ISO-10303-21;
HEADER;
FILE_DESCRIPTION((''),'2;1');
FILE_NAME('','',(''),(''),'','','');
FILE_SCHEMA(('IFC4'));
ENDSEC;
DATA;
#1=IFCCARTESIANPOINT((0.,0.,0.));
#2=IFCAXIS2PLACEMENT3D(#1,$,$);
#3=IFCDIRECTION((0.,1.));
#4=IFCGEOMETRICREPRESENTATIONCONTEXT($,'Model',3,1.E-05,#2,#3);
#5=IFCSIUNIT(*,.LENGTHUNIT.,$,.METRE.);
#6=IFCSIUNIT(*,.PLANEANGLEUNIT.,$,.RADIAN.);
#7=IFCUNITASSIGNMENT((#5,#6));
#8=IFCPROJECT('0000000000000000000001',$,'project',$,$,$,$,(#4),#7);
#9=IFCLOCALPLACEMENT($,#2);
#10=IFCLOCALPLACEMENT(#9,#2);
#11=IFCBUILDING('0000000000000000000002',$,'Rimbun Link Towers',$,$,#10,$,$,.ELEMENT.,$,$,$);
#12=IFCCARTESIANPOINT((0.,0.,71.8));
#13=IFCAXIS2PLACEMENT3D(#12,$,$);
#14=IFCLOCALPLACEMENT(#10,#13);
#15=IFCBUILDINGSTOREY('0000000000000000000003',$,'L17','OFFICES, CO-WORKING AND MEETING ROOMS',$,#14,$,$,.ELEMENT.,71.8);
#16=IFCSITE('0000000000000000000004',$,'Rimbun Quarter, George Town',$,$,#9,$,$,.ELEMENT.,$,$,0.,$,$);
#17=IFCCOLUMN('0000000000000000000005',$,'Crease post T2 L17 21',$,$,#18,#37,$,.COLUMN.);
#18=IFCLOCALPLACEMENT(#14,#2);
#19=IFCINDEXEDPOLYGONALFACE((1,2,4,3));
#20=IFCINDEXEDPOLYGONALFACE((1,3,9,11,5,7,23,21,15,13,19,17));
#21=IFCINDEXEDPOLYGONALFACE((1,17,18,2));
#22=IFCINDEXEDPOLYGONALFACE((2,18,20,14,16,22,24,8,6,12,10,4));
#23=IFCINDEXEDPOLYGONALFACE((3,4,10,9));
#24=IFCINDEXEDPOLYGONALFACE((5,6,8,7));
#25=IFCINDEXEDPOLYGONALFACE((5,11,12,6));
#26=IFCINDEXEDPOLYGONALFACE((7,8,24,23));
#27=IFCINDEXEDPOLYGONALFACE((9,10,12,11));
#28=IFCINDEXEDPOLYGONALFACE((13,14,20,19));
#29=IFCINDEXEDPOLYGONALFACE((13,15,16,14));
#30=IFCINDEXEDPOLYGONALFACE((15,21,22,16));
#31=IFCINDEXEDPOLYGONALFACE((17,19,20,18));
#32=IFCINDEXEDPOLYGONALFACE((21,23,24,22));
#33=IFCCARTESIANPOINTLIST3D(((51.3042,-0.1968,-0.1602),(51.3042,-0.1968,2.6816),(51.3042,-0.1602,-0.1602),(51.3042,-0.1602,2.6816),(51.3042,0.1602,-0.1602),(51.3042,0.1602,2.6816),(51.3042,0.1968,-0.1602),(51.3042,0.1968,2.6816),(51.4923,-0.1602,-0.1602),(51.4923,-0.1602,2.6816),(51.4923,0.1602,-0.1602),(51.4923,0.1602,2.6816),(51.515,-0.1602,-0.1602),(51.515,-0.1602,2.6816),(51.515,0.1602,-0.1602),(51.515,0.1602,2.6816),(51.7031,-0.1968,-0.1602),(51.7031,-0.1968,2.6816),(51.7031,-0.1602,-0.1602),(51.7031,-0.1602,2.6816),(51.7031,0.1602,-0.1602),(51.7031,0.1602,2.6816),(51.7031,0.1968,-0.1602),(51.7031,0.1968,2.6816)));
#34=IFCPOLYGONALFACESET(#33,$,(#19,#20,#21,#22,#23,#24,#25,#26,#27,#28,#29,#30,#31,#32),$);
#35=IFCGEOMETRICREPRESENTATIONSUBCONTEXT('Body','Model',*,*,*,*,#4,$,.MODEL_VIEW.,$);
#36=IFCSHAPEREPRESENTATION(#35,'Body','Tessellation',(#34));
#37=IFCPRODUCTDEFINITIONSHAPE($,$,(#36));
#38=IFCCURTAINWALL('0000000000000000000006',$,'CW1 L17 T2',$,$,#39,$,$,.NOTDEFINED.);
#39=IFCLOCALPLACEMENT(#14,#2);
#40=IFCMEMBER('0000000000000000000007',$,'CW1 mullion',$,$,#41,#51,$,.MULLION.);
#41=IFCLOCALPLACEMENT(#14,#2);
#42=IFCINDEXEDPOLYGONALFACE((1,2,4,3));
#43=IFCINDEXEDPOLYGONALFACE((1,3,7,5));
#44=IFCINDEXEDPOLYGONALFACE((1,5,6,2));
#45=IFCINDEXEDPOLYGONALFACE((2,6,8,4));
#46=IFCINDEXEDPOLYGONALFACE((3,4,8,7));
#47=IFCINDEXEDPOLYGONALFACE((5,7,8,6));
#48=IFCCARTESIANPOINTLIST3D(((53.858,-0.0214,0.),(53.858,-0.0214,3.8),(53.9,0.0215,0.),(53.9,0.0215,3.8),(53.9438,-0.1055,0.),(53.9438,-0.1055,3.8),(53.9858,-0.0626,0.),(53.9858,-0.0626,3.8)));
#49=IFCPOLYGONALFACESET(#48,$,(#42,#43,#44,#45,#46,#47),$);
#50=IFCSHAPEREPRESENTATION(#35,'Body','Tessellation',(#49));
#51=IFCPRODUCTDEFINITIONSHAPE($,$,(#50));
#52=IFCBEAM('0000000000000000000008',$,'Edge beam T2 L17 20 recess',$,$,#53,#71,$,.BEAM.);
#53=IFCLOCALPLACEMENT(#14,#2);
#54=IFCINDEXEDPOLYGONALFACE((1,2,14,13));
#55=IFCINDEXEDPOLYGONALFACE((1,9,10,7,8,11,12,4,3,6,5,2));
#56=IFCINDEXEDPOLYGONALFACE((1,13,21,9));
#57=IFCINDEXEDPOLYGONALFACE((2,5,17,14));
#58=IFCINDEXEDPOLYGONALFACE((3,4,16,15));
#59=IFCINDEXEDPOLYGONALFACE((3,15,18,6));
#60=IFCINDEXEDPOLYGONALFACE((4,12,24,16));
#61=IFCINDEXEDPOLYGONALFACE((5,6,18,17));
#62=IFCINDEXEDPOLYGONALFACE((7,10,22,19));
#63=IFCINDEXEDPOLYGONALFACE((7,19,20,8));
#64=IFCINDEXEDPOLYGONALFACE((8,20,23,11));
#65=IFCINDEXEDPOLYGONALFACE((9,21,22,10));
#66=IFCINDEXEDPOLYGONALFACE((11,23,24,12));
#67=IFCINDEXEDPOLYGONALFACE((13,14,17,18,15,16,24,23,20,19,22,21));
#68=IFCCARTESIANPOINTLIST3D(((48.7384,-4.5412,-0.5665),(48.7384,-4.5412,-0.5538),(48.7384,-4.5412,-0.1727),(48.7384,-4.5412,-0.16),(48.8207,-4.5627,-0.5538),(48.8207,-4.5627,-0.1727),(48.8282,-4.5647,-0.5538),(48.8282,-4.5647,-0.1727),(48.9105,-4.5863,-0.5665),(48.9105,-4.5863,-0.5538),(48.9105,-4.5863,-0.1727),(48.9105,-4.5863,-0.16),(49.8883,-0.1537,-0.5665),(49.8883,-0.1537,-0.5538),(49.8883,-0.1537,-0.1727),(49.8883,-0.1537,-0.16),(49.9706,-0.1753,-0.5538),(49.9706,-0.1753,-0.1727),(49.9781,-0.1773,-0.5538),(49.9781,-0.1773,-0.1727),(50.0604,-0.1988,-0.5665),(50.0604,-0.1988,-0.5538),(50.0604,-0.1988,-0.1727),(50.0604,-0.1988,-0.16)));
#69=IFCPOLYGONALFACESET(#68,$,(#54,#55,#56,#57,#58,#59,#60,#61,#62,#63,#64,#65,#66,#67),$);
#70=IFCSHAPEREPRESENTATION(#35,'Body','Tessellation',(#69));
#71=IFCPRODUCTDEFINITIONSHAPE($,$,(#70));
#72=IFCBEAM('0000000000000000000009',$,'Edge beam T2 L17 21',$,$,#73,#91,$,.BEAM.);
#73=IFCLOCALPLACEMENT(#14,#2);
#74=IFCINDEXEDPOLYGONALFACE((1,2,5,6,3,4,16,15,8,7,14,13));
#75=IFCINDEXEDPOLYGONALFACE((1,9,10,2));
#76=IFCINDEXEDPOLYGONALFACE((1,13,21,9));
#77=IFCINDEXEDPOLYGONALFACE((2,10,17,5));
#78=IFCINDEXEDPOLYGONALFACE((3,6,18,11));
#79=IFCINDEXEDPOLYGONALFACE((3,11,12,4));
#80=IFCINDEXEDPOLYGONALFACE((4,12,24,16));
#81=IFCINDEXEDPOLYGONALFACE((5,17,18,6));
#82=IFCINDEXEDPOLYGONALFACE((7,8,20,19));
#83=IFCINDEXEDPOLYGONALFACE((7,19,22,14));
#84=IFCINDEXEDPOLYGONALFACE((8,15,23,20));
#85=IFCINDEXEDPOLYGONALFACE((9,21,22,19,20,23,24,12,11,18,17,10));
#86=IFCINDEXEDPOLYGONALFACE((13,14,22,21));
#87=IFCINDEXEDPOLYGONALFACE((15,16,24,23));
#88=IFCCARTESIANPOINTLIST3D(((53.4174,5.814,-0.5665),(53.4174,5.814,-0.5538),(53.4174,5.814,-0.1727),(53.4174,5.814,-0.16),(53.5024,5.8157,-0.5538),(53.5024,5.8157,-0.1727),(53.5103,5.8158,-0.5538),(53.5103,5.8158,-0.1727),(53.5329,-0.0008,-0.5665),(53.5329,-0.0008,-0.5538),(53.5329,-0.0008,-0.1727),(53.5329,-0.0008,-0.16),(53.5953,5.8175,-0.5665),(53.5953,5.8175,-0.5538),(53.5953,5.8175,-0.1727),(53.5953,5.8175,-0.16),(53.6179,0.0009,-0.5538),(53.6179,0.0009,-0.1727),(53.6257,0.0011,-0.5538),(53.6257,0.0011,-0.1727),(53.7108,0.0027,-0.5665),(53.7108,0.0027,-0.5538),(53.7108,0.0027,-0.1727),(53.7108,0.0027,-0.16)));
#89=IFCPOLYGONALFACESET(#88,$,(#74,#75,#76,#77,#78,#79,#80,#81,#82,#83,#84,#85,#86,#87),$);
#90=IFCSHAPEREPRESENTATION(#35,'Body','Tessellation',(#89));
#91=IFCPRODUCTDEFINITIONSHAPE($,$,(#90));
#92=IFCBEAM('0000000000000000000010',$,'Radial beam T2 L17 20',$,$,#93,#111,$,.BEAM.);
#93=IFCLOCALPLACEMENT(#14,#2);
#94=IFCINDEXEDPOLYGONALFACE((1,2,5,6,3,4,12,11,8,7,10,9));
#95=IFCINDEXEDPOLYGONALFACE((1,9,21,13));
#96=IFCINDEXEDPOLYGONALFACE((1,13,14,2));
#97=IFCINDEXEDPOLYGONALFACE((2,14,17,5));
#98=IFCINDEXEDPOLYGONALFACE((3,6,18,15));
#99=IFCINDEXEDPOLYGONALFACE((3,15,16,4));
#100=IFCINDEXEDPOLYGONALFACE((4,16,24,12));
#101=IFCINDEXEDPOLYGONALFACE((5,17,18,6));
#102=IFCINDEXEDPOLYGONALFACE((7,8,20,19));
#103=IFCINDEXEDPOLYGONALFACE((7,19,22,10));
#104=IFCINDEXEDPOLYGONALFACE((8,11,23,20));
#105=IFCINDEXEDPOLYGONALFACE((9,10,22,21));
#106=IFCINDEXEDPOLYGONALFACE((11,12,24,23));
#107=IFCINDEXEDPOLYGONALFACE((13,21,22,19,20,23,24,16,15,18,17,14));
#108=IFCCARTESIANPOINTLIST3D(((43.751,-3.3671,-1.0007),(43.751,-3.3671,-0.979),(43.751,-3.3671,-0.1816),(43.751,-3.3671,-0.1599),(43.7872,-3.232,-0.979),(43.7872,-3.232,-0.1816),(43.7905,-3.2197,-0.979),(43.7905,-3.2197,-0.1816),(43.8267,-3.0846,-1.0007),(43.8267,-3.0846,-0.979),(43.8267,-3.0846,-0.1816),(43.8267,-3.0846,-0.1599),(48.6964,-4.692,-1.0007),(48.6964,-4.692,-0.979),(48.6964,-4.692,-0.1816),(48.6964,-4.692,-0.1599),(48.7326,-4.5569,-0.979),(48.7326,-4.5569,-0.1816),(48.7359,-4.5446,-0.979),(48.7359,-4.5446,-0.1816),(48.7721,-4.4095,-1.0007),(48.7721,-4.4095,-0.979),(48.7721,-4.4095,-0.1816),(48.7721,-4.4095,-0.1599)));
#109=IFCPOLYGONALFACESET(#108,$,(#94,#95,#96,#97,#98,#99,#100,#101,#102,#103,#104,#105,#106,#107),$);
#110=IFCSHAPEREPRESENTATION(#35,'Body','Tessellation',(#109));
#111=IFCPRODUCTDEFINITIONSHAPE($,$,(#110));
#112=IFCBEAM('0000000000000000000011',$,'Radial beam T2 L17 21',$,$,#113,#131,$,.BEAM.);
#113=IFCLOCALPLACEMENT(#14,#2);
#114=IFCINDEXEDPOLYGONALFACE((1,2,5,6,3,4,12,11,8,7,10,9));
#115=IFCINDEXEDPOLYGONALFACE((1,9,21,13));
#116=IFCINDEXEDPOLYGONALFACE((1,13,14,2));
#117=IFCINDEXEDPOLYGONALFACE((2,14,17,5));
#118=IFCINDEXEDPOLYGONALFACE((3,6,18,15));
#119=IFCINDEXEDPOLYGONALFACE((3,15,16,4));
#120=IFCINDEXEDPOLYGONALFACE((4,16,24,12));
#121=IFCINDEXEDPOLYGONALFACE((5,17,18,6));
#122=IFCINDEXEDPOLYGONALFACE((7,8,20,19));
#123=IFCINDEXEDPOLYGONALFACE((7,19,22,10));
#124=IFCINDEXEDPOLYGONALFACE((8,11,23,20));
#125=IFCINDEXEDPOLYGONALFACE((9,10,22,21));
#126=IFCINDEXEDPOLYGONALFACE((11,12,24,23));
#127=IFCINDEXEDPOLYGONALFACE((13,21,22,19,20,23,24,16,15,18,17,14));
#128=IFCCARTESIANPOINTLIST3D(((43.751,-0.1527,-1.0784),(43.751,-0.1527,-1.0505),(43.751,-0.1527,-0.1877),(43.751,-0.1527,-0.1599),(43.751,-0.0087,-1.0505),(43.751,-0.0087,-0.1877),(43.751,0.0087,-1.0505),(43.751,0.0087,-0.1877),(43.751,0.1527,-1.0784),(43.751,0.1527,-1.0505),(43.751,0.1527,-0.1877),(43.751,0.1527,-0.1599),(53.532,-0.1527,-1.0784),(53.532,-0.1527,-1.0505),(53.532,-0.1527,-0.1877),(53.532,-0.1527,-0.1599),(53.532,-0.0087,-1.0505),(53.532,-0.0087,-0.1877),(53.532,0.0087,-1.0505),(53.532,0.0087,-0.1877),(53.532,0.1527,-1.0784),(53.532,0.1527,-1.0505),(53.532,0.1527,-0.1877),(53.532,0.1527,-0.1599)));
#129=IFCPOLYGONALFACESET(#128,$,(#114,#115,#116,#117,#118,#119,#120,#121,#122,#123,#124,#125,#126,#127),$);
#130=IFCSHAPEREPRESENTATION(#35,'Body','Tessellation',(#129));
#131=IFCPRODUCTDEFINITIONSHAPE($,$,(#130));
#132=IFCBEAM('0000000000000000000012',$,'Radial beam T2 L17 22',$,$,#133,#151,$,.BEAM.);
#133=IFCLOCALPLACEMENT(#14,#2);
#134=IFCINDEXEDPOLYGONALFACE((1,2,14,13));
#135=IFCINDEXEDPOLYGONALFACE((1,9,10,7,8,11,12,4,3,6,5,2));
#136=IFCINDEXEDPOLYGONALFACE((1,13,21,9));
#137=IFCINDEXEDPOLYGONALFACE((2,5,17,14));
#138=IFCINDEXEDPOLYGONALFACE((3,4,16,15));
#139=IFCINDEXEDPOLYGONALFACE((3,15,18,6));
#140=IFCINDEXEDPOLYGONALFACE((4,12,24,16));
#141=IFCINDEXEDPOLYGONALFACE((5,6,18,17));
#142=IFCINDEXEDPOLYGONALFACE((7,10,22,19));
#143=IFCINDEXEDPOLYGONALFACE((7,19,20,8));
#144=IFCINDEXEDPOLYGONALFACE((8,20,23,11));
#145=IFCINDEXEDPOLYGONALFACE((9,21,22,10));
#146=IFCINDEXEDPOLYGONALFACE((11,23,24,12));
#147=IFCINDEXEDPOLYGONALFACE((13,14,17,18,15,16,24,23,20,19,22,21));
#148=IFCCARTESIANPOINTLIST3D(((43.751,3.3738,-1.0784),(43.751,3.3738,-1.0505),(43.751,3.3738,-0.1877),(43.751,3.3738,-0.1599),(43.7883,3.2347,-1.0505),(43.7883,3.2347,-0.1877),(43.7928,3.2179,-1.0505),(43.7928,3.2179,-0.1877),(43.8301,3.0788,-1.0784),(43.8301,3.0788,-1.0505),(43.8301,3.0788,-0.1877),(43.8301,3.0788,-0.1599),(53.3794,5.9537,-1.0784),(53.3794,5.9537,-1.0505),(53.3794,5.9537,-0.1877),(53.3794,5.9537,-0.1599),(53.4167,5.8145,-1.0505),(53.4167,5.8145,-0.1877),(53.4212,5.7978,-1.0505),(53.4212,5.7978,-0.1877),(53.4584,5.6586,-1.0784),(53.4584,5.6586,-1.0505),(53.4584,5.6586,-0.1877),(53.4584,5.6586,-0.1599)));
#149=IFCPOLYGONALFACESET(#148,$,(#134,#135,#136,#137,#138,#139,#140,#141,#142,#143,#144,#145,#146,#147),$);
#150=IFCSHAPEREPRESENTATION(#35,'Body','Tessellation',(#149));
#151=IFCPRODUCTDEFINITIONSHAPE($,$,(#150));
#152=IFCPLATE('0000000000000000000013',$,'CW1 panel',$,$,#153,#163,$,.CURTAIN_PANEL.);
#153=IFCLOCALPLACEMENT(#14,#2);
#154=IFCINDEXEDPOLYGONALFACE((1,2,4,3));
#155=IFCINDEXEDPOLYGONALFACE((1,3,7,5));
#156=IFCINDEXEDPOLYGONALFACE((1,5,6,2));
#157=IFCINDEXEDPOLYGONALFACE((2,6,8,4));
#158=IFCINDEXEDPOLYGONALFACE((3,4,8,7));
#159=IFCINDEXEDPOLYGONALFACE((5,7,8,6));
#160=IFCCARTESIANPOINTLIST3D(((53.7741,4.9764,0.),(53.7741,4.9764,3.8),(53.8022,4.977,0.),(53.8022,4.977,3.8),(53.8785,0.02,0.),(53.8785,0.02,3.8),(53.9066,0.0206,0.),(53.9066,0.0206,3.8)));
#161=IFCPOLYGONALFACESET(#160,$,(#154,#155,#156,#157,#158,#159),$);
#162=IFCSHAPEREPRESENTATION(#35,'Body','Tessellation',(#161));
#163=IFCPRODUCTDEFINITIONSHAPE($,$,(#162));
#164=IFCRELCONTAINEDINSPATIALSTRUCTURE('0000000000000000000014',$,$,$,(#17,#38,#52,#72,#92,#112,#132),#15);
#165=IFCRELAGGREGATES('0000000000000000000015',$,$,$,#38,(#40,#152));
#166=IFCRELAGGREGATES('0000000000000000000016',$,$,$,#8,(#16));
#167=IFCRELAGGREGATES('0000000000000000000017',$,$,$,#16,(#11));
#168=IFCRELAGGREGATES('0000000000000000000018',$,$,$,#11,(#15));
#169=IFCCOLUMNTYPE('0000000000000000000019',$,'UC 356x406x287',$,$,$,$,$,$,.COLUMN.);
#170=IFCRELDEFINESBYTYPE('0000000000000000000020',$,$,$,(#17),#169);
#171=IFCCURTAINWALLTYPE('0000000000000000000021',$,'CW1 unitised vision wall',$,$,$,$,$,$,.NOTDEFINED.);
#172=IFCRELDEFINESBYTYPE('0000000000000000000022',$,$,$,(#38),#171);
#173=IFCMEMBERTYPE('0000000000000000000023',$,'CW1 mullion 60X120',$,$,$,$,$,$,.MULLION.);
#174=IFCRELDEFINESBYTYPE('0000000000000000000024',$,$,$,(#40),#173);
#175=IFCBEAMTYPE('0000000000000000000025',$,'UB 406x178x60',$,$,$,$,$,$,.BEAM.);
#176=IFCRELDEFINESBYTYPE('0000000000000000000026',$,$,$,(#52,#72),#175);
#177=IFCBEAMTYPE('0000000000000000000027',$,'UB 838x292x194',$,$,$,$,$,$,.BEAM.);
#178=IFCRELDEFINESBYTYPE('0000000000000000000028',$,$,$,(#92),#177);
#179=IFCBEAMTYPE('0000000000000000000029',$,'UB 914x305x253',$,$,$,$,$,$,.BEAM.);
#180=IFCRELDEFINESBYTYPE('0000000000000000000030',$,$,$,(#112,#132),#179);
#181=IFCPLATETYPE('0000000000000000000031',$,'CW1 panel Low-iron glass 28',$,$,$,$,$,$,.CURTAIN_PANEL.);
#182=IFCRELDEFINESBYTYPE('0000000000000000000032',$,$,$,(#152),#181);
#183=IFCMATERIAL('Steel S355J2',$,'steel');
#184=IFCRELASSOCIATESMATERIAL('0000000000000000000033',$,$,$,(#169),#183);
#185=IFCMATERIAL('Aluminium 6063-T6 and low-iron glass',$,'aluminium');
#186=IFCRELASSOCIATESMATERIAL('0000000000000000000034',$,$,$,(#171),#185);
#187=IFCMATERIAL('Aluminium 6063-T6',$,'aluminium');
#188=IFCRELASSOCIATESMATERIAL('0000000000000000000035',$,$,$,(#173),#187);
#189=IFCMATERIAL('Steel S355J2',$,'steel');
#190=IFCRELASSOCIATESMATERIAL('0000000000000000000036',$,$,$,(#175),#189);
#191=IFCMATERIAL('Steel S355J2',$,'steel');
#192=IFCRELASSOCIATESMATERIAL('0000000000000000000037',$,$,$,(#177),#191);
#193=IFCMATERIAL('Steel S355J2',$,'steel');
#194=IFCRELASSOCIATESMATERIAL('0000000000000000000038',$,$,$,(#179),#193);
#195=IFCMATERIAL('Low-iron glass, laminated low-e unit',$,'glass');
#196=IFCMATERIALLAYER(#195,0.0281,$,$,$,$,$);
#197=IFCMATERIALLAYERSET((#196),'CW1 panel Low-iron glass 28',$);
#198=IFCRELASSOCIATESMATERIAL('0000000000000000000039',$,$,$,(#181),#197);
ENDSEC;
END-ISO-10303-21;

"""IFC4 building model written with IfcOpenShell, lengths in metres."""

from ifc_helpers import new_model, si_unit, direction, frame, origin, origin_2d, place, context, subcontext, project, spatial, rectangle, i_section, extrude, material, layer, layer_set, material_profile, profile_set, type_object, element, aggregate, save


model = new_model("IFC4")

# Units and contexts
model_context = context("Model", 3, precision=1e-05, world=origin(), true_north=direction((0.0, 1.0)))
body_context = subcontext(model_context, "Body", "Model", "MODEL_VIEW")
ifc_project = project(units=[si_unit("LENGTHUNIT", "METRE"), si_unit("PLANEANGLEUNIT", "RADIAN")], contexts=[model_context])

# Site, building, storey
site_placement = place(None, origin())
site = spatial("IfcSite", under=ifc_project, at=site_placement, Name="Rimbun Quarter, George Town", CompositionType="ELEMENT", RefElevation=0.0)
building_placement = place(site_placement, origin())
building = spatial("IfcBuilding", under=site, at=building_placement, Name="Rimbun Link Towers", CompositionType="ELEMENT")
storey_placement = place(building_placement, frame((0.0, 0.0, 71.8)))
storey = spatial("IfcBuildingStorey", under=building, at=storey_placement, Name="L17", Description="OFFICES, CO-WORKING AND MEETING ROOMS", CompositionType="ELEMENT", Elevation=71.8)

# Column
ifc_material_1 = material(Name="Steel S355J2", Category="steel")
ifc_material_profile_1 = material_profile(ifc_material_1, i_section(OverallWidth=0.3989, OverallDepth=0.3936, WebThickness=0.0227, FlangeThickness=0.0366, at=origin_2d()), Name="UC 356x406x287")
ifc_profile_set_1 = profile_set([ifc_material_profile_1], Name="Steel S355J2")
column_type = type_object("IfcColumnType", Name="UC 356x406x287", PredefinedType="COLUMN", material=ifc_profile_set_1)
column_placement = place(storey_placement, frame((51.5037, 0.0, -0.1602), z_axis=(0.0, 0.0, 1.0), x_axis=(1.0, 0.0, 0.0)))
element("IfcColumn", 1, at=column_placement, inside=storey, type_object=column_type, Name="Crease post T2 L17 21", PredefinedType="COLUMN", context=body_context, shape_type="SweptSolid", body=[
    extrude(i_section(OverallWidth=0.3989, OverallDepth=0.3936, WebThickness=0.0227, FlangeThickness=0.0366, at=origin_2d()), origin(), (0.0, 0.0, 1.0), 2.8418),
])

# Curtain wall, member
ifc_material_2 = material(Name="Aluminium 6063-T6 and low-iron glass", Category="aluminium")
curtain_wall_type = type_object("IfcCurtainWallType", Name="CW1 unitised vision wall", PredefinedType="NOTDEFINED", material=ifc_material_2)
curtain_wall_placement = place(storey_placement, origin())
curtain_wall = element("IfcCurtainWall", 2, at=curtain_wall_placement, inside=storey, type_object=curtain_wall_type, Name="CW1 L17 T2", PredefinedType="NOTDEFINED")
ifc_material_3 = material(Name="Aluminium 6063-T6", Category="aluminium")
ifc_material_profile_2 = material_profile(ifc_material_3, rectangle(XDim=0.1201, YDim=0.0601, at=origin_2d()), Name="MULLION 60X120")
ifc_profile_set_2 = profile_set([ifc_material_profile_2], Name="Aluminium 6063-T6")
member_type = type_object("IfcMemberType", Name="CW1 mullion 60X120", PredefinedType="MULLION", material=ifc_profile_set_2)
member_placement = place(storey_placement, frame((53.9219, -0.042, 0.0), z_axis=(0.0, 0.0, 1.0), x_axis=(0.714514, -0.699621, 0.0)))
member = element("IfcMember", 3, at=member_placement, type_object=member_type, Name="CW1 mullion", PredefinedType="MULLION", context=body_context, shape_type="SweptSolid", body=[
    extrude(rectangle(XDim=0.1201, YDim=0.0601, at=origin_2d()), origin(), (0.0, 0.0, 1.0), 3.8),
])

# Beams
ifc_material_4 = material(Name="Steel S355J2", Category="steel")
ifc_material_profile_3 = material_profile(ifc_material_4, i_section(OverallWidth=0.178, OverallDepth=0.4065, WebThickness=0.0078, FlangeThickness=0.0127, at=origin_2d()), Name="UB 406x178x60")
ifc_profile_set_3 = profile_set([ifc_material_profile_3], Name="Steel S355J2")
beam_type_1 = type_object("IfcBeamType", Name="UB 406x178x60", PredefinedType="BEAM", material=ifc_profile_set_3)
beam_1_placement = place(storey_placement, frame((48.8245, -4.5637, -0.3633), z_axis=(0.253526, 0.967329, 0.0), x_axis=(-0.967329, 0.253526, 0.0)))
element("IfcBeam", 4, at=beam_1_placement, inside=storey, type_object=beam_type_1, Name="Edge beam T2 L17 20 recess", PredefinedType="BEAM", context=body_context, shape_type="SweptSolid", body=[
    extrude(i_section(OverallWidth=0.178, OverallDepth=0.4065, WebThickness=0.0078, FlangeThickness=0.0127, at=origin_2d()), origin(), (0.0, 0.0, 1.0), 4.5356),
])
beam_2_placement = place(storey_placement, frame((53.6218, 0.001, -0.3633), z_axis=(-0.019856, 0.999803, 0.0), x_axis=(-0.999803, -0.019856, 0.0)))
element("IfcBeam", 5, at=beam_2_placement, inside=storey, type_object=beam_type_1, Name="Edge beam T2 L17 21", PredefinedType="BEAM", context=body_context, shape_type="SweptSolid", body=[
    extrude(i_section(OverallWidth=0.178, OverallDepth=0.4065, WebThickness=0.0078, FlangeThickness=0.0127, at=origin_2d()), origin(), (0.0, 0.0, 1.0), 5.8159),
])
ifc_material_5 = material(Name="Steel S355J2", Category="steel")
ifc_material_profile_4 = material_profile(ifc_material_5, i_section(OverallWidth=0.2925, OverallDepth=0.8408, WebThickness=0.0127, FlangeThickness=0.0217, at=origin_2d()), Name="UB 838x292x194")
ifc_profile_set_4 = profile_set([ifc_material_profile_4], Name="Steel S355J2")
beam_type_2 = type_object("IfcBeamType", Name="UB 838x292x194", PredefinedType="BEAM", material=ifc_profile_set_4)
beam_3_placement = place(storey_placement, frame((43.7888, -3.2258, -0.5803), z_axis=(0.965936, -0.258781, 0.0), x_axis=(0.258781, 0.965936, 0.0)))
element("IfcBeam", 6, at=beam_3_placement, inside=storey, type_object=beam_type_2, Name="Radial beam T2 L17 20", PredefinedType="BEAM", context=body_context, shape_type="SweptSolid", body=[
    extrude(i_section(OverallWidth=0.2925, OverallDepth=0.8408, WebThickness=0.0127, FlangeThickness=0.0217, at=origin_2d()), origin(), (0.0, 0.0, 1.0), 5.1199),
])
ifc_material_6 = material(Name="Steel S355J2", Category="steel")
ifc_material_profile_5 = material_profile(ifc_material_6, i_section(OverallWidth=0.3054, OverallDepth=0.9185, WebThickness=0.0173, FlangeThickness=0.0278, at=origin_2d()), Name="UB 914x305x253")
ifc_profile_set_5 = profile_set([ifc_material_profile_5], Name="Steel S355J2")
beam_type_3 = type_object("IfcBeamType", Name="UB 914x305x253", PredefinedType="BEAM", material=ifc_profile_set_5)
beam_4_placement = place(storey_placement, frame((43.751, 0.0, -0.6191), z_axis=(1.0, 0.0, 0.0), x_axis=(0.0, 1.0, 0.0)))
element("IfcBeam", 7, at=beam_4_placement, inside=storey, type_object=beam_type_3, Name="Radial beam T2 L17 21", PredefinedType="BEAM", context=body_context, shape_type="SweptSolid", body=[
    extrude(i_section(OverallWidth=0.3054, OverallDepth=0.9185, WebThickness=0.0173, FlangeThickness=0.0278, at=origin_2d()), origin(), (0.0, 0.0, 1.0), 9.781),
])
beam_5_placement = place(storey_placement, frame((43.7905, 3.2263, -0.6191), z_axis=(0.965928, 0.25881, 0.0), x_axis=(-0.25881, 0.965928, 0.0)))
element("IfcBeam", 8, at=beam_5_placement, inside=storey, type_object=beam_type_3, Name="Radial beam T2 L17 22", PredefinedType="BEAM", context=body_context, shape_type="SweptSolid", body=[
    extrude(i_section(OverallWidth=0.3054, OverallDepth=0.9185, WebThickness=0.0173, FlangeThickness=0.0278, at=origin_2d()), origin(), (0.0, 0.0, 1.0), 9.968),
])

# Plate
ifc_material_7 = material(Name="Low-iron glass, laminated low-e unit", Category="glass")
ifc_layer_1 = layer(ifc_material_7, 0.0281)
ifc_layer_set_1 = layer_set([ifc_layer_1], Name="CW1 panel Low-iron glass 28")
plate_type = type_object("IfcPlateType", Name="CW1 panel Low-iron glass 28", PredefinedType="CURTAIN_PANEL", material=ifc_layer_set_1)
plate_placement = place(storey_placement, frame((53.8403, 2.4985, 0.0), z_axis=(0.0, 0.0, 1.0), x_axis=(0.02106, -0.999778, 0.0)))
plate = element("IfcPlate", 9, at=plate_placement, type_object=plate_type, Name="CW1 panel", PredefinedType="CURTAIN_PANEL", context=body_context, shape_type="SweptSolid", body=[
    extrude(rectangle(XDim=4.9575, YDim=0.0281, at=origin_2d()), origin(), (0.0, 0.0, 1.0), 3.8),
])
aggregate(curtain_wall, [member, plate])

save(model, "model.ifc")
